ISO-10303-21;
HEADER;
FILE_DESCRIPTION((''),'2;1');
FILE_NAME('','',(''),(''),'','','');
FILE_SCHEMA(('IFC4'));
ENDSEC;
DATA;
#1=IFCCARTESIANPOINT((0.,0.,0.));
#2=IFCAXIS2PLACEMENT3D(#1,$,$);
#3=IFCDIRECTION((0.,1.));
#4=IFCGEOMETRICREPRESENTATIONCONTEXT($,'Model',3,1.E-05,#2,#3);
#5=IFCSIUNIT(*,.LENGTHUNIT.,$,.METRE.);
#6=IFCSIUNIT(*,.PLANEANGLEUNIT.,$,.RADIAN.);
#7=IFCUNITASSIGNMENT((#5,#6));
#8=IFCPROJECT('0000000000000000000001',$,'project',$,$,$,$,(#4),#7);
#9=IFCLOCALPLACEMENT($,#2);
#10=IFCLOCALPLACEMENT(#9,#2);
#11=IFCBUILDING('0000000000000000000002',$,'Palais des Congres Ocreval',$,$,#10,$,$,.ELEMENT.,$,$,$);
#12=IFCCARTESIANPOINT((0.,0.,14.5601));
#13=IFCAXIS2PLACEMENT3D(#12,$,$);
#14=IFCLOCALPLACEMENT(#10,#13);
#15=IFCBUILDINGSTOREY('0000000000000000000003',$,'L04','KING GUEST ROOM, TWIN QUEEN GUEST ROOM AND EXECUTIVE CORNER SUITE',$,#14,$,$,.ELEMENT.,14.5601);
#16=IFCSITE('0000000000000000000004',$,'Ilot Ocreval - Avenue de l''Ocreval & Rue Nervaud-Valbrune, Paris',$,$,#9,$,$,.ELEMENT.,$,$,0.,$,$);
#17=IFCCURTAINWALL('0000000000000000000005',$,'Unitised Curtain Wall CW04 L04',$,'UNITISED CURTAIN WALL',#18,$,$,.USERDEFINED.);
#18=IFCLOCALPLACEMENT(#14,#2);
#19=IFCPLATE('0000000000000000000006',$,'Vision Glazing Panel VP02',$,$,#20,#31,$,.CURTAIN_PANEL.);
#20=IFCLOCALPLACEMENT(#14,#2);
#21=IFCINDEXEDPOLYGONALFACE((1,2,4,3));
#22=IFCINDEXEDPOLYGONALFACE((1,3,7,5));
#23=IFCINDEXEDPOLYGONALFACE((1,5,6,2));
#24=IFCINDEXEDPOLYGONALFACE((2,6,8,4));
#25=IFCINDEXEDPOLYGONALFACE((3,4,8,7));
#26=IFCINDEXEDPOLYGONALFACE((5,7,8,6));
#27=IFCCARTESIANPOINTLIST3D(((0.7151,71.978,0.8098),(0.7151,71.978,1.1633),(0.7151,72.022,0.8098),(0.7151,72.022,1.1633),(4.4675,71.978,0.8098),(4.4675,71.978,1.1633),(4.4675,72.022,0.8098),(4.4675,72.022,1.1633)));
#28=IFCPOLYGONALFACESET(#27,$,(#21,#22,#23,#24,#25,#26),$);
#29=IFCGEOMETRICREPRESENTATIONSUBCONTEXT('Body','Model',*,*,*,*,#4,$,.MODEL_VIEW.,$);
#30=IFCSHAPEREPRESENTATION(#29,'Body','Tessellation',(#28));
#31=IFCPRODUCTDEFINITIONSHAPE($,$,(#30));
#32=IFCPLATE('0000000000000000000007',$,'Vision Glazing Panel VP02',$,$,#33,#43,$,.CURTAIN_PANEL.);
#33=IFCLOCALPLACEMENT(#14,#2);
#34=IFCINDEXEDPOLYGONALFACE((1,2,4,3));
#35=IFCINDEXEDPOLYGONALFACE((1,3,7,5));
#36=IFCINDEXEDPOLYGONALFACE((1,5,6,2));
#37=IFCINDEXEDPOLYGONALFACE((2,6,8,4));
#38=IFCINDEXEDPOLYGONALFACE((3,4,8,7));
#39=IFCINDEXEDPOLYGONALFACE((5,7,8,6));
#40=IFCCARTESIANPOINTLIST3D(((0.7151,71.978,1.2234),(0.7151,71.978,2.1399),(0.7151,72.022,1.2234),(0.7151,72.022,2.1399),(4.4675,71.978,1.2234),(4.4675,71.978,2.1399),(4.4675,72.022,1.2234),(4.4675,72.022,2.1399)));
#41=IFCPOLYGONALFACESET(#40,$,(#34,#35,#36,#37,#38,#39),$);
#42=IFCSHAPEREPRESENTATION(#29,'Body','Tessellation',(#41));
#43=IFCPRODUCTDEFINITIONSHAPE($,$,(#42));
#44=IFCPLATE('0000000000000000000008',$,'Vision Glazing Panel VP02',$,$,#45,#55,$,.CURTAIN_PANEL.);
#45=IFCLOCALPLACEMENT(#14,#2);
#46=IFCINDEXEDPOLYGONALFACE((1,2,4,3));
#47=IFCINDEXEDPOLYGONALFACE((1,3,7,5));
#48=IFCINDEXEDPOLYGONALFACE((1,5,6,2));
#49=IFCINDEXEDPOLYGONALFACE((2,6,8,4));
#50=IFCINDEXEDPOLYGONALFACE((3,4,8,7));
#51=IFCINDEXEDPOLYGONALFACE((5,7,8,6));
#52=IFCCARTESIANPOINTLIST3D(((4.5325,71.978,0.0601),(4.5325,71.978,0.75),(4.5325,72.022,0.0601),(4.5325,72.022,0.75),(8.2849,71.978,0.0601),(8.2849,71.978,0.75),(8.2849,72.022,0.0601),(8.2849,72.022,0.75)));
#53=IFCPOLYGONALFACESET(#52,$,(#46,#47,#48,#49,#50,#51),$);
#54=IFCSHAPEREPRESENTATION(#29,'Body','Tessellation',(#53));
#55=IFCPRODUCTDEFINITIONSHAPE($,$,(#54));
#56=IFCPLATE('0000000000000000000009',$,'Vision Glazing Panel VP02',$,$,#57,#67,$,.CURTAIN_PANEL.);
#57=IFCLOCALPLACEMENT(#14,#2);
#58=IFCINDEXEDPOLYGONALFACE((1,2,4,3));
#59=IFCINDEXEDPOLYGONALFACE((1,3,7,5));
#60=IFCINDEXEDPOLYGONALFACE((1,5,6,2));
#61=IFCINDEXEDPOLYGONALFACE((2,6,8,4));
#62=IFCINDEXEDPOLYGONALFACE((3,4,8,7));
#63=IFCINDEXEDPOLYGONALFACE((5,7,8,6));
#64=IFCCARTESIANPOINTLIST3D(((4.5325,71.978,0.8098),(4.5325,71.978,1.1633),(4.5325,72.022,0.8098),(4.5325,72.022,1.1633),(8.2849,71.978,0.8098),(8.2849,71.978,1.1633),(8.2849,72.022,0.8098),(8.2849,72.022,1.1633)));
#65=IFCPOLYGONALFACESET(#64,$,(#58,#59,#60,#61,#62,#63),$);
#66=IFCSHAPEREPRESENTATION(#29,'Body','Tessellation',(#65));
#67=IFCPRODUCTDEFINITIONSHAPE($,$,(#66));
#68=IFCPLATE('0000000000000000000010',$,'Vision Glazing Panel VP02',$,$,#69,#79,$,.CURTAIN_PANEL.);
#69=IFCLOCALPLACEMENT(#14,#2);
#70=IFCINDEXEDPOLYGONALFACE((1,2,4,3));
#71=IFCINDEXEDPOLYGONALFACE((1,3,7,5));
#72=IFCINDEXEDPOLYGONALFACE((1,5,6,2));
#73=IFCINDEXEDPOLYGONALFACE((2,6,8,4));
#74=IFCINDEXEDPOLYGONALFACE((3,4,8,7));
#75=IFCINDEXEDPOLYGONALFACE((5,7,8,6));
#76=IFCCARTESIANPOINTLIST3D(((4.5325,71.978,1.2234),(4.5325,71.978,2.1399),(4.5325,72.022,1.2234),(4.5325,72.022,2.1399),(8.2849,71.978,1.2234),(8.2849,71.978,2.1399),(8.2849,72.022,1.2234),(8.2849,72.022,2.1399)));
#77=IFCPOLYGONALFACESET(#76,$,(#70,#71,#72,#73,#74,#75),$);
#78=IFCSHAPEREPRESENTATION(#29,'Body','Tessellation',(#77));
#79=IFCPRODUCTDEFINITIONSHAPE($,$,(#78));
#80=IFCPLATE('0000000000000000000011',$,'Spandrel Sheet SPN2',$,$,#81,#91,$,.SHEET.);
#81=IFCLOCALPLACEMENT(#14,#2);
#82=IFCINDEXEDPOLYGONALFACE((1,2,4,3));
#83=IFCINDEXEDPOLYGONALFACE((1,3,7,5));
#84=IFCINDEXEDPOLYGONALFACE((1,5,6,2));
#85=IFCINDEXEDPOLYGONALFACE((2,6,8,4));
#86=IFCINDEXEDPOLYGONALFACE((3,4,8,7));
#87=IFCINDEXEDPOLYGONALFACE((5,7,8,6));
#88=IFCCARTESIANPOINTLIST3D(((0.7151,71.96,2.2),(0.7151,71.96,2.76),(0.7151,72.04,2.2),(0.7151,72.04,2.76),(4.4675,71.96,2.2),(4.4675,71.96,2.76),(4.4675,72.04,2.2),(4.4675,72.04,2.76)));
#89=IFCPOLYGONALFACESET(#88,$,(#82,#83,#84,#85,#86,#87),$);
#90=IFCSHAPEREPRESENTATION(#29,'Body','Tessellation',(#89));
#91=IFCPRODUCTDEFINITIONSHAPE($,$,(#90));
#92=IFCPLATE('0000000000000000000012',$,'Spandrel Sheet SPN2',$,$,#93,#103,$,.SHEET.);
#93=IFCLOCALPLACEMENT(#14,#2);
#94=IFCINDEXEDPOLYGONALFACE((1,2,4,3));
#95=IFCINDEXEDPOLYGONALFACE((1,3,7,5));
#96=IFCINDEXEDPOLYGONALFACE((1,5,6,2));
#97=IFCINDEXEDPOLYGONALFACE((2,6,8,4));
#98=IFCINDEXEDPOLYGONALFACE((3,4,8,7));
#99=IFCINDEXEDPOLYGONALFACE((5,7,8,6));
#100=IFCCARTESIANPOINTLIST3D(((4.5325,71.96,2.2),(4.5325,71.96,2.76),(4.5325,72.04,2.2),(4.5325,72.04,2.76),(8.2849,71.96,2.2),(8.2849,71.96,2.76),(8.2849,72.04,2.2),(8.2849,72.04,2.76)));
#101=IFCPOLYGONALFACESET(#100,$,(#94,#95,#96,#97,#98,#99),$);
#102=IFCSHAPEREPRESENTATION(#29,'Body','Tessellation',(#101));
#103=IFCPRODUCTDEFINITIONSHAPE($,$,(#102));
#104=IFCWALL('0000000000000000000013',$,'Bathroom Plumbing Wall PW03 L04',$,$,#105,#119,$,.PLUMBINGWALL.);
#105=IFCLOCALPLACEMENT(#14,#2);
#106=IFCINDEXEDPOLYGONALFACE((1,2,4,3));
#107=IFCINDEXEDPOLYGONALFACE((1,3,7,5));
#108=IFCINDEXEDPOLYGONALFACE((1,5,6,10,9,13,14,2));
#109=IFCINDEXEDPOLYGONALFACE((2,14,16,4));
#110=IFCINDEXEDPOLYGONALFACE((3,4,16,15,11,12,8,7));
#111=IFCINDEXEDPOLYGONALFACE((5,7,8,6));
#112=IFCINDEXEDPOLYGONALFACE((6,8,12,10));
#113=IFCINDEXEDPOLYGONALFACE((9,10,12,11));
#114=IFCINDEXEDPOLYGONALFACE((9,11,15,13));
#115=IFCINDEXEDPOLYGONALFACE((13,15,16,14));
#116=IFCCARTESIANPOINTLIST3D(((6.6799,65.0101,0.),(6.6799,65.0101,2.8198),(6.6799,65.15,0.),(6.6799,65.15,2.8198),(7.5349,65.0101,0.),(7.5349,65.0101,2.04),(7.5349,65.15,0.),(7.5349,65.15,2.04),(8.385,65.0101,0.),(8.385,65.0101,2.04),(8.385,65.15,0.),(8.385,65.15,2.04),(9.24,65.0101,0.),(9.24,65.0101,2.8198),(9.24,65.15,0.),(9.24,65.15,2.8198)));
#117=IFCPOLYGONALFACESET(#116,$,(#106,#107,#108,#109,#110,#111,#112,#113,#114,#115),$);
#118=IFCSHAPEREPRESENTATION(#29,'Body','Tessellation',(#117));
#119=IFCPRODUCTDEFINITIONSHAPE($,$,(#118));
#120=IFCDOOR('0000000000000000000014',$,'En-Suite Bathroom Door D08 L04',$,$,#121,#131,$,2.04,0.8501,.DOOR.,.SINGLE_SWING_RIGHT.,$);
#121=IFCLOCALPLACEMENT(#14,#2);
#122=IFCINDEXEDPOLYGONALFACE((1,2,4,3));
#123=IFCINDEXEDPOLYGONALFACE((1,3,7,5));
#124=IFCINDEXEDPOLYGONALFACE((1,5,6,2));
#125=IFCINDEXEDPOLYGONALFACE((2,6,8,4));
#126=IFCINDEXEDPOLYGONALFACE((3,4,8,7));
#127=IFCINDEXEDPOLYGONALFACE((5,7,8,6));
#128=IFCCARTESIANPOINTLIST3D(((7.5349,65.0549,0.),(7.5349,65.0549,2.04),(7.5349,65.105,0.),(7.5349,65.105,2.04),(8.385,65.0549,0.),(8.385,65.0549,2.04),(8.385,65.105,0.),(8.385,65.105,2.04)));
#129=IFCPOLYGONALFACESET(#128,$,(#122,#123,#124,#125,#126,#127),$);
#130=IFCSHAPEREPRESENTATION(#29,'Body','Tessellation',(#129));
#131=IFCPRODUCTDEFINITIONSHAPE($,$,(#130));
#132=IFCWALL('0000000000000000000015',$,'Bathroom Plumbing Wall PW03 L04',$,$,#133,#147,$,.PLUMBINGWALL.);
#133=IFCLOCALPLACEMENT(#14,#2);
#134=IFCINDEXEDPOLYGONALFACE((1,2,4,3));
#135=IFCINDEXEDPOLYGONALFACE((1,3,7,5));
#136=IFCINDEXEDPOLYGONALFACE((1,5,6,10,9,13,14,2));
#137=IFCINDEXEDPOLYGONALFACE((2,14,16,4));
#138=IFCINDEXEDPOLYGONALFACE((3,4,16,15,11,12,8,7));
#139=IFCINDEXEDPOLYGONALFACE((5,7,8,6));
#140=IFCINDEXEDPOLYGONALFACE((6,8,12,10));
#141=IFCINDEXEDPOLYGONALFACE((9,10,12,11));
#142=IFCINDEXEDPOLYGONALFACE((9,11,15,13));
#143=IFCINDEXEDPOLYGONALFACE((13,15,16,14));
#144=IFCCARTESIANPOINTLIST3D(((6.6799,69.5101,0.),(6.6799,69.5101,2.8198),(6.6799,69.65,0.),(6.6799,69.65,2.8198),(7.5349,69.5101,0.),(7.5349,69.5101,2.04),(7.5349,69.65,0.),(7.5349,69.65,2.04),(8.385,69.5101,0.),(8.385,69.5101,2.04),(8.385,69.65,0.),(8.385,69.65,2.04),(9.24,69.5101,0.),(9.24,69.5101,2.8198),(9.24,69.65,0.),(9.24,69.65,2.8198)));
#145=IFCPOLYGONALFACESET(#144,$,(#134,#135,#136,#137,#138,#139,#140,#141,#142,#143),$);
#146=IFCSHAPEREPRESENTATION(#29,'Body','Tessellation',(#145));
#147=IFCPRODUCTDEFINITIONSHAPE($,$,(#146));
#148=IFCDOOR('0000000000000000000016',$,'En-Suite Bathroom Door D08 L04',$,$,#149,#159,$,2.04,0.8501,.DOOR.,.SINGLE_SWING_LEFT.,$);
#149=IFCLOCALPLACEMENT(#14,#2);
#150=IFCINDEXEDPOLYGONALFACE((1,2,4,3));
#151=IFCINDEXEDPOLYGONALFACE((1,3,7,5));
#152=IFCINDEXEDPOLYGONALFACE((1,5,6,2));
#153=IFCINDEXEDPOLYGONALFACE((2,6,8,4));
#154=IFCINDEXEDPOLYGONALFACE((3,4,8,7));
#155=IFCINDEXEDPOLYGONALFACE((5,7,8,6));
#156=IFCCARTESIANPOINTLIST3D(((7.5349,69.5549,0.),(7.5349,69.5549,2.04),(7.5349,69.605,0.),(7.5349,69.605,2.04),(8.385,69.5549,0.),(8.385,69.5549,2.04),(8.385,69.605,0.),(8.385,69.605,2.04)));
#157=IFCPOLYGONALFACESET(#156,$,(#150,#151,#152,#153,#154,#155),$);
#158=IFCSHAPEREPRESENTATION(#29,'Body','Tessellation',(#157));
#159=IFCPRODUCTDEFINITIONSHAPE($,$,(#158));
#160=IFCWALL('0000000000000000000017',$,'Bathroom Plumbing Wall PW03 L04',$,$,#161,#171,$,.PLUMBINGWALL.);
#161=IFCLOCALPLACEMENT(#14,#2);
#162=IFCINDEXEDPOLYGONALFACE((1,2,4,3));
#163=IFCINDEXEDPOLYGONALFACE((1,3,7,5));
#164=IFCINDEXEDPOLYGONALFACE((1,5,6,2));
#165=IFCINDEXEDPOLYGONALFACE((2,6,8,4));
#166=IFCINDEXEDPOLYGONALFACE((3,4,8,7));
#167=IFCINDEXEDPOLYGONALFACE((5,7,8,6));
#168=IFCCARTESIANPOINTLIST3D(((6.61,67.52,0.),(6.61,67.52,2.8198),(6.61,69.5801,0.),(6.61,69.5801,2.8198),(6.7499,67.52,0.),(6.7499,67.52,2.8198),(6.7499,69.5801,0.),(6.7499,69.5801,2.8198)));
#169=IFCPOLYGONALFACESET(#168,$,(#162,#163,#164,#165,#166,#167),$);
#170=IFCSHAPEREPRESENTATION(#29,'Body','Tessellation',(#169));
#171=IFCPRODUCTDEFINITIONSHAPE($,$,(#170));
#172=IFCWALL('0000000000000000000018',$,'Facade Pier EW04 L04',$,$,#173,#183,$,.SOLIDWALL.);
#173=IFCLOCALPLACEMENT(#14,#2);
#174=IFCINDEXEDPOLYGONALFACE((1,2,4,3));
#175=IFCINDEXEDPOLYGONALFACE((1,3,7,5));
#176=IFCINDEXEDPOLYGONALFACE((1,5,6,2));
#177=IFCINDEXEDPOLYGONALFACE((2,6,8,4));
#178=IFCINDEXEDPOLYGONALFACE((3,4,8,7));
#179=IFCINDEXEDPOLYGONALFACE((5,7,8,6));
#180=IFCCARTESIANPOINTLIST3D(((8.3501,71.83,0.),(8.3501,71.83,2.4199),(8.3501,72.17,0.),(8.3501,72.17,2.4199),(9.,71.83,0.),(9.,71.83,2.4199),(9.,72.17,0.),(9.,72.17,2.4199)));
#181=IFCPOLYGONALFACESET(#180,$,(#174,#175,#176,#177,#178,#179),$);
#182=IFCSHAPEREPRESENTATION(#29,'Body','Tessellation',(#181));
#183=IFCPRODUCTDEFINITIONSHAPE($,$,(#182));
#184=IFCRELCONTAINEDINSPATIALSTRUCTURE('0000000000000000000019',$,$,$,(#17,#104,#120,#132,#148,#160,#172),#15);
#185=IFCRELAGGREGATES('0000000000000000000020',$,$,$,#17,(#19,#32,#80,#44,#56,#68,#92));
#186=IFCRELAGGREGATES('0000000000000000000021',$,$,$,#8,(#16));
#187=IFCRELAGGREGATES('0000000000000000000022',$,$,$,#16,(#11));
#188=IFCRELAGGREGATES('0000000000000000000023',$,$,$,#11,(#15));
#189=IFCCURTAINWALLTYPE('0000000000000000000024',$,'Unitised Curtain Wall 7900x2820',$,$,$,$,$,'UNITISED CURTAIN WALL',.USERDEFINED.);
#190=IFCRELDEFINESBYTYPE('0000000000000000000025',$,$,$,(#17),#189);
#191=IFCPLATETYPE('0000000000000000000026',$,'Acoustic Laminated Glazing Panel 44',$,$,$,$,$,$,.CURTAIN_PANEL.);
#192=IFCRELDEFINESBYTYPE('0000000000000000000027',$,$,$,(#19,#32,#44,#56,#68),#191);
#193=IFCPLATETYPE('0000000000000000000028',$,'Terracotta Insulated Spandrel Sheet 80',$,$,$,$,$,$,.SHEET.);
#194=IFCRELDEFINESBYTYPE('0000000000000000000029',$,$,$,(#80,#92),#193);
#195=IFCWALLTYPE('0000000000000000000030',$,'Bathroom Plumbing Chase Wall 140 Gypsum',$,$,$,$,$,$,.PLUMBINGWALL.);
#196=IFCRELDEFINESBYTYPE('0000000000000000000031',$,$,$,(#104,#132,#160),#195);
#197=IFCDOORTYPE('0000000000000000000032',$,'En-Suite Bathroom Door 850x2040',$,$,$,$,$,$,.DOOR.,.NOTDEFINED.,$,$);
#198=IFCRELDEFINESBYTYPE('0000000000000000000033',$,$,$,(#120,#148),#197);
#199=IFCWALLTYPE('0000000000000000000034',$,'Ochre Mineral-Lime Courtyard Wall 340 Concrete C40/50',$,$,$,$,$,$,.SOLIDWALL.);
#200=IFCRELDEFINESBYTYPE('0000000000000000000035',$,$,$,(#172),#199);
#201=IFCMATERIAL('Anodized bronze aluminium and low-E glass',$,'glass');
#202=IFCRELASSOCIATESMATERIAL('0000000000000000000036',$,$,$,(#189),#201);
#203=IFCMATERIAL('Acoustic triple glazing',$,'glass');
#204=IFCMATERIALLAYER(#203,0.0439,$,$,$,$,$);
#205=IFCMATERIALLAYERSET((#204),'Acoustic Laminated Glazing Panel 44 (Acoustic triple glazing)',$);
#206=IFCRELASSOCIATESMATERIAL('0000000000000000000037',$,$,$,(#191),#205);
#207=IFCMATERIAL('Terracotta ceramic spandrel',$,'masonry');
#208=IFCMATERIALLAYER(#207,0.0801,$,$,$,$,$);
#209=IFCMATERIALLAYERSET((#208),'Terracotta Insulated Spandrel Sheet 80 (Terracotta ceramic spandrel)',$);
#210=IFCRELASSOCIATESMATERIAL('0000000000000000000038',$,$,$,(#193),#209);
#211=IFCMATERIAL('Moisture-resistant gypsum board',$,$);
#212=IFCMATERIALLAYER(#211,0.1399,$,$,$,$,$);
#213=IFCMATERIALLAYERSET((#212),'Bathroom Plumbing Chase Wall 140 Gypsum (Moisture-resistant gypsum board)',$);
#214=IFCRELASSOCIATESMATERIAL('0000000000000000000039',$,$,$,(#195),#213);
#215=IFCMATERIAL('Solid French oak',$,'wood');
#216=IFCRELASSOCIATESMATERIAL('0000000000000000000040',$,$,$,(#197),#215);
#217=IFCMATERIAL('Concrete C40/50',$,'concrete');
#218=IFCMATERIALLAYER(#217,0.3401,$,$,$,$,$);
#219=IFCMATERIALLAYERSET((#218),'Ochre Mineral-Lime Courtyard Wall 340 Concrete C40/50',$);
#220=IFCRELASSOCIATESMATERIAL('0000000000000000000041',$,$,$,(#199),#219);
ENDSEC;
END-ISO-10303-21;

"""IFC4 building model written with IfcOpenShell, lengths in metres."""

from ifc_helpers import new_model, si_unit, direction, frame, frame_2d, origin, origin_2d, place, context, subcontext, project, spatial, rectangle, extrude, material, layer, layer_set, type_object, element, fill, aggregate, save


model = new_model("IFC4")

# Units and contexts
model_context = context("Model", 3, precision=1e-05, world=origin(), true_north=direction((0.0, 1.0)))
body_context = subcontext(model_context, "Body", "Model", "MODEL_VIEW")
ifc_project = project(units=[si_unit("LENGTHUNIT", "METRE"), si_unit("PLANEANGLEUNIT", "RADIAN")], contexts=[model_context])

# Site, building, storey
site_placement = place(None, origin())
site = spatial("IfcSite", under=ifc_project, at=site_placement, Name="Ilot Ocreval - Avenue de l'Ocreval & Rue Nervaud-Valbrune, Paris", CompositionType="ELEMENT", RefElevation=0.0)
building_placement = place(site_placement, origin())
building = spatial("IfcBuilding", under=site, at=building_placement, Name="Palais des Congres Ocreval", CompositionType="ELEMENT")
storey_placement = place(building_placement, frame((0.0, 0.0, 14.5601)))
storey = spatial("IfcBuildingStorey", under=building, at=storey_placement, Name="L04", Description="KING GUEST ROOM, TWIN QUEEN GUEST ROOM AND EXECUTIVE CORNER SUITE", CompositionType="ELEMENT", Elevation=14.5601)

# Shared definitions
ifc_material_1 = material(Name="Concrete C40/50", Category="concrete")

# Curtain wall
ifc_material_2 = material(Name="Anodized bronze aluminium and low-E glass", Category="glass")
curtain_wall_type = type_object("IfcCurtainWallType", Name="Unitised Curtain Wall 7900x2820", ElementType="UNITISED CURTAIN WALL", PredefinedType="USERDEFINED", material=ifc_material_2)
curtain_wall_placement = place(storey_placement, origin())
curtain_wall = element("IfcCurtainWall", 1, at=curtain_wall_placement, inside=storey, type_object=curtain_wall_type, Name="Unitised Curtain Wall CW04 L04", ObjectType="UNITISED CURTAIN WALL", PredefinedType="USERDEFINED")

# Plates
ifc_material_3 = material(Name="Acoustic triple glazing", Category="glass")
ifc_layer_1 = layer(ifc_material_3, 0.0439)
ifc_layer_set_1 = layer_set([ifc_layer_1], Name="Acoustic Laminated Glazing Panel 44 (Acoustic triple glazing)")
plate_type_1 = type_object("IfcPlateType", Name="Acoustic Laminated Glazing Panel 44", PredefinedType="CURTAIN_PANEL", material=ifc_layer_set_1)
plate_1_placement = place(storey_placement, frame((2.5913, 72.0, 0.8098), z_axis=(0.0, 0.0, 1.0), x_axis=(1.0, 0.0, 0.0)))
plate_1 = element("IfcPlate", 2, at=plate_1_placement, type_object=plate_type_1, Name="Vision Glazing Panel VP02", PredefinedType="CURTAIN_PANEL", context=body_context, shape_type="SweptSolid", body=[
    extrude(rectangle(XDim=3.7524, YDim=0.0439, at=origin_2d()), origin(), (0.0, 0.0, 1.0), 0.3535),
])
plate_2_placement = place(storey_placement, frame((2.5913, 72.0, 1.2234), z_axis=(0.0, 0.0, 1.0), x_axis=(1.0, 0.0, 0.0)))
plate_2 = element("IfcPlate", 3, at=plate_2_placement, type_object=plate_type_1, Name="Vision Glazing Panel VP02", PredefinedType="CURTAIN_PANEL", context=body_context, shape_type="SweptSolid", body=[
    extrude(rectangle(XDim=3.7524, YDim=0.0439, at=origin_2d()), origin(), (0.0, 0.0, 1.0), 0.9165),
])
plate_3_placement = place(storey_placement, frame((6.4087, 72.0, 0.0601), z_axis=(0.0, 0.0, 1.0), x_axis=(1.0, 0.0, 0.0)))
plate_3 = element("IfcPlate", 4, at=plate_3_placement, type_object=plate_type_1, Name="Vision Glazing Panel VP02", PredefinedType="CURTAIN_PANEL", context=body_context, shape_type="SweptSolid", body=[
    extrude(rectangle(XDim=3.7524, YDim=0.0439, at=origin_2d()), origin(), (0.0, 0.0, 1.0), 0.6899),
])
plate_4_placement = place(storey_placement, frame((6.4087, 72.0, 0.8098), z_axis=(0.0, 0.0, 1.0), x_axis=(1.0, 0.0, 0.0)))
plate_4 = element("IfcPlate", 5, at=plate_4_placement, type_object=plate_type_1, Name="Vision Glazing Panel VP02", PredefinedType="CURTAIN_PANEL", context=body_context, shape_type="SweptSolid", body=[
    extrude(rectangle(XDim=3.7524, YDim=0.0439, at=origin_2d()), origin(), (0.0, 0.0, 1.0), 0.3535),
])
plate_5_placement = place(storey_placement, frame((6.4087, 72.0, 1.2234), z_axis=(0.0, 0.0, 1.0), x_axis=(1.0, 0.0, 0.0)))
plate_5 = element("IfcPlate", 6, at=plate_5_placement, type_object=plate_type_1, Name="Vision Glazing Panel VP02", PredefinedType="CURTAIN_PANEL", context=body_context, shape_type="SweptSolid", body=[
    extrude(rectangle(XDim=3.7524, YDim=0.0439, at=origin_2d()), origin(), (0.0, 0.0, 1.0), 0.9165),
])
ifc_material_4 = material(Name="Terracotta ceramic spandrel", Category="masonry")
ifc_layer_2 = layer(ifc_material_4, 0.0801)
ifc_layer_set_2 = layer_set([ifc_layer_2], Name="Terracotta Insulated Spandrel Sheet 80 (Terracotta ceramic spandrel)")
plate_type_2 = type_object("IfcPlateType", Name="Terracotta Insulated Spandrel Sheet 80", PredefinedType="SHEET", material=ifc_layer_set_2)
plate_6_placement = place(storey_placement, frame((2.5913, 72.0, 2.2), z_axis=(0.0, 0.0, 1.0), x_axis=(1.0, 0.0, 0.0)))
plate_6 = element("IfcPlate", 7, at=plate_6_placement, type_object=plate_type_2, Name="Spandrel Sheet SPN2", PredefinedType="SHEET", context=body_context, shape_type="SweptSolid", body=[
    extrude(rectangle(XDim=3.7524, YDim=0.0801, at=origin_2d()), origin(), (0.0, 0.0, 1.0), 0.5601),
])
plate_7_placement = place(storey_placement, frame((6.4087, 72.0, 2.2), z_axis=(0.0, 0.0, 1.0), x_axis=(1.0, 0.0, 0.0)))
plate_7 = element("IfcPlate", 8, at=plate_7_placement, type_object=plate_type_2, Name="Spandrel Sheet SPN2", PredefinedType="SHEET", context=body_context, shape_type="SweptSolid", body=[
    extrude(rectangle(XDim=3.7524, YDim=0.0801, at=origin_2d()), origin(), (0.0, 0.0, 1.0), 0.5601),
])
aggregate(curtain_wall, [plate_1, plate_2, plate_6, plate_3, plate_4, plate_5, plate_7])

# Walls, openings, doors
ifc_material_5 = material(Name="Moisture-resistant gypsum board")
ifc_layer_3 = layer(ifc_material_5, 0.1399)
ifc_layer_set_3 = layer_set([ifc_layer_3], Name="Bathroom Plumbing Chase Wall 140 Gypsum (Moisture-resistant gypsum board)")
wall_type_1 = type_object("IfcWallType", Name="Bathroom Plumbing Chase Wall 140 Gypsum", PredefinedType="PLUMBINGWALL", material=ifc_layer_set_3)
wall_1_placement = place(storey_placement, frame((6.6799, 65.0801, 0.0), z_axis=(0.0, 0.0, 1.0), x_axis=(1.0, 0.0, 0.0)))
wall_1 = element("IfcWall", 9, at=wall_1_placement, inside=storey, type_object=wall_type_1, Name="Bathroom Plumbing Wall PW03 L04", PredefinedType="PLUMBINGWALL", context=body_context, shape_type="SweptSolid", body=[
    extrude(rectangle(XDim=2.5601, YDim=0.1399, at=frame_2d((1.28, 0.0))), origin(), (0.0, 0.0, 1.0), 2.8198),
])
opening_1_placement = place(wall_1_placement, frame((0.855, 0.0, 0.0)))
opening_1 = element("IfcOpeningElement", 10, at=opening_1_placement, cuts=wall_1, PredefinedType="OPENING", context=body_context, shape_type="SweptSolid", body=[
    extrude(rectangle(XDim=0.8501, YDim=2.04, at=frame_2d((0.425, 1.02))), frame((0.0, 0.0798, 0.0), z_axis=(0.0, -1.0, 0.0), x_axis=(1.0, 0.0, 0.0)), (0.0, 0.0, 1.0), 0.1599),
])
ifc_material_6 = material(Name="Solid French oak", Category="wood")
door_type = type_object("IfcDoorType", Name="En-Suite Bathroom Door 850x2040", OperationType="NOTDEFINED", PredefinedType="DOOR", material=ifc_material_6)
door_1_placement = place(opening_1_placement, origin())
door_1 = element("IfcDoor", 11, at=door_1_placement, inside=storey, type_object=door_type, Name="En-Suite Bathroom Door D08 L04", OperationType="SINGLE_SWING_RIGHT", OverallHeight=2.04, OverallWidth=0.8501, PredefinedType="DOOR", context=body_context, shape_type="SweptSolid", body=[
    extrude(rectangle(XDim=0.8501, YDim=2.04, at=frame_2d((0.425, 1.02))), frame((0.0, 0.0249, 0.0), z_axis=(0.0, -1.0, 0.0), x_axis=(1.0, 0.0, 0.0)), (0.0, 0.0, 1.0), 0.05),
])
fill(opening_1, door_1)
wall_2_placement = place(storey_placement, frame((6.6799, 69.5801, 0.0), z_axis=(0.0, 0.0, 1.0), x_axis=(1.0, 0.0, 0.0)))
wall_2 = element("IfcWall", 12, at=wall_2_placement, inside=storey, type_object=wall_type_1, Name="Bathroom Plumbing Wall PW03 L04", PredefinedType="PLUMBINGWALL", context=body_context, shape_type="SweptSolid", body=[
    extrude(rectangle(XDim=2.5601, YDim=0.1399, at=frame_2d((1.28, 0.0))), origin(), (0.0, 0.0, 1.0), 2.8198),
])
opening_2_placement = place(wall_2_placement, frame((0.855, 0.0, 0.0)))
opening_2 = element("IfcOpeningElement", 13, at=opening_2_placement, cuts=wall_2, PredefinedType="OPENING", context=body_context, shape_type="SweptSolid", body=[
    extrude(rectangle(XDim=0.8501, YDim=2.04, at=frame_2d((0.425, 1.02))), frame((0.0, 0.0798, 0.0), z_axis=(0.0, -1.0, 0.0), x_axis=(1.0, 0.0, 0.0)), (0.0, 0.0, 1.0), 0.1599),
])
door_2_placement = place(opening_2_placement, origin())
door_2 = element("IfcDoor", 14, at=door_2_placement, inside=storey, type_object=door_type, Name="En-Suite Bathroom Door D08 L04", OperationType="SINGLE_SWING_LEFT", OverallHeight=2.04, OverallWidth=0.8501, PredefinedType="DOOR", context=body_context, shape_type="SweptSolid", body=[
    extrude(rectangle(XDim=0.8501, YDim=2.04, at=frame_2d((0.425, 1.02))), frame((0.0, 0.0249, 0.0), z_axis=(0.0, -1.0, 0.0), x_axis=(1.0, 0.0, 0.0)), (0.0, 0.0, 1.0), 0.05),
])
fill(opening_2, door_2)

# Walls
wall_3_placement = place(storey_placement, frame((6.6799, 67.52, 0.0), z_axis=(0.0, 0.0, 1.0), x_axis=(0.0, 1.0, 0.0)))
element("IfcWall", 15, at=wall_3_placement, inside=storey, type_object=wall_type_1, Name="Bathroom Plumbing Wall PW03 L04", PredefinedType="PLUMBINGWALL", context=body_context, shape_type="SweptSolid", body=[
    extrude(rectangle(XDim=2.0601, YDim=0.1399, at=frame_2d((1.03, 0.0))), origin(), (0.0, 0.0, 1.0), 2.8198),
])
ifc_layer_4 = layer(ifc_material_1, 0.3401)
ifc_layer_set_4 = layer_set([ifc_layer_4], Name="Ochre Mineral-Lime Courtyard Wall 340 Concrete C40/50")
wall_type_2 = type_object("IfcWallType", Name="Ochre Mineral-Lime Courtyard Wall 340 Concrete C40/50", PredefinedType="SOLIDWALL", material=ifc_layer_set_4)
wall_4_placement = place(storey_placement, frame((8.3501, 72.0, 0.0), z_axis=(0.0, 0.0, 1.0), x_axis=(1.0, 0.0, 0.0)))
element("IfcWall", 16, at=wall_4_placement, inside=storey, type_object=wall_type_2, Name="Facade Pier EW04 L04", PredefinedType="SOLIDWALL", context=body_context, shape_type="SweptSolid", body=[
    extrude(rectangle(XDim=0.6499, YDim=0.3401, at=frame_2d((0.325, 0.0))), origin(), (0.0, 0.0, 1.0), 2.4199),
])

save(model, "model.ifc")
